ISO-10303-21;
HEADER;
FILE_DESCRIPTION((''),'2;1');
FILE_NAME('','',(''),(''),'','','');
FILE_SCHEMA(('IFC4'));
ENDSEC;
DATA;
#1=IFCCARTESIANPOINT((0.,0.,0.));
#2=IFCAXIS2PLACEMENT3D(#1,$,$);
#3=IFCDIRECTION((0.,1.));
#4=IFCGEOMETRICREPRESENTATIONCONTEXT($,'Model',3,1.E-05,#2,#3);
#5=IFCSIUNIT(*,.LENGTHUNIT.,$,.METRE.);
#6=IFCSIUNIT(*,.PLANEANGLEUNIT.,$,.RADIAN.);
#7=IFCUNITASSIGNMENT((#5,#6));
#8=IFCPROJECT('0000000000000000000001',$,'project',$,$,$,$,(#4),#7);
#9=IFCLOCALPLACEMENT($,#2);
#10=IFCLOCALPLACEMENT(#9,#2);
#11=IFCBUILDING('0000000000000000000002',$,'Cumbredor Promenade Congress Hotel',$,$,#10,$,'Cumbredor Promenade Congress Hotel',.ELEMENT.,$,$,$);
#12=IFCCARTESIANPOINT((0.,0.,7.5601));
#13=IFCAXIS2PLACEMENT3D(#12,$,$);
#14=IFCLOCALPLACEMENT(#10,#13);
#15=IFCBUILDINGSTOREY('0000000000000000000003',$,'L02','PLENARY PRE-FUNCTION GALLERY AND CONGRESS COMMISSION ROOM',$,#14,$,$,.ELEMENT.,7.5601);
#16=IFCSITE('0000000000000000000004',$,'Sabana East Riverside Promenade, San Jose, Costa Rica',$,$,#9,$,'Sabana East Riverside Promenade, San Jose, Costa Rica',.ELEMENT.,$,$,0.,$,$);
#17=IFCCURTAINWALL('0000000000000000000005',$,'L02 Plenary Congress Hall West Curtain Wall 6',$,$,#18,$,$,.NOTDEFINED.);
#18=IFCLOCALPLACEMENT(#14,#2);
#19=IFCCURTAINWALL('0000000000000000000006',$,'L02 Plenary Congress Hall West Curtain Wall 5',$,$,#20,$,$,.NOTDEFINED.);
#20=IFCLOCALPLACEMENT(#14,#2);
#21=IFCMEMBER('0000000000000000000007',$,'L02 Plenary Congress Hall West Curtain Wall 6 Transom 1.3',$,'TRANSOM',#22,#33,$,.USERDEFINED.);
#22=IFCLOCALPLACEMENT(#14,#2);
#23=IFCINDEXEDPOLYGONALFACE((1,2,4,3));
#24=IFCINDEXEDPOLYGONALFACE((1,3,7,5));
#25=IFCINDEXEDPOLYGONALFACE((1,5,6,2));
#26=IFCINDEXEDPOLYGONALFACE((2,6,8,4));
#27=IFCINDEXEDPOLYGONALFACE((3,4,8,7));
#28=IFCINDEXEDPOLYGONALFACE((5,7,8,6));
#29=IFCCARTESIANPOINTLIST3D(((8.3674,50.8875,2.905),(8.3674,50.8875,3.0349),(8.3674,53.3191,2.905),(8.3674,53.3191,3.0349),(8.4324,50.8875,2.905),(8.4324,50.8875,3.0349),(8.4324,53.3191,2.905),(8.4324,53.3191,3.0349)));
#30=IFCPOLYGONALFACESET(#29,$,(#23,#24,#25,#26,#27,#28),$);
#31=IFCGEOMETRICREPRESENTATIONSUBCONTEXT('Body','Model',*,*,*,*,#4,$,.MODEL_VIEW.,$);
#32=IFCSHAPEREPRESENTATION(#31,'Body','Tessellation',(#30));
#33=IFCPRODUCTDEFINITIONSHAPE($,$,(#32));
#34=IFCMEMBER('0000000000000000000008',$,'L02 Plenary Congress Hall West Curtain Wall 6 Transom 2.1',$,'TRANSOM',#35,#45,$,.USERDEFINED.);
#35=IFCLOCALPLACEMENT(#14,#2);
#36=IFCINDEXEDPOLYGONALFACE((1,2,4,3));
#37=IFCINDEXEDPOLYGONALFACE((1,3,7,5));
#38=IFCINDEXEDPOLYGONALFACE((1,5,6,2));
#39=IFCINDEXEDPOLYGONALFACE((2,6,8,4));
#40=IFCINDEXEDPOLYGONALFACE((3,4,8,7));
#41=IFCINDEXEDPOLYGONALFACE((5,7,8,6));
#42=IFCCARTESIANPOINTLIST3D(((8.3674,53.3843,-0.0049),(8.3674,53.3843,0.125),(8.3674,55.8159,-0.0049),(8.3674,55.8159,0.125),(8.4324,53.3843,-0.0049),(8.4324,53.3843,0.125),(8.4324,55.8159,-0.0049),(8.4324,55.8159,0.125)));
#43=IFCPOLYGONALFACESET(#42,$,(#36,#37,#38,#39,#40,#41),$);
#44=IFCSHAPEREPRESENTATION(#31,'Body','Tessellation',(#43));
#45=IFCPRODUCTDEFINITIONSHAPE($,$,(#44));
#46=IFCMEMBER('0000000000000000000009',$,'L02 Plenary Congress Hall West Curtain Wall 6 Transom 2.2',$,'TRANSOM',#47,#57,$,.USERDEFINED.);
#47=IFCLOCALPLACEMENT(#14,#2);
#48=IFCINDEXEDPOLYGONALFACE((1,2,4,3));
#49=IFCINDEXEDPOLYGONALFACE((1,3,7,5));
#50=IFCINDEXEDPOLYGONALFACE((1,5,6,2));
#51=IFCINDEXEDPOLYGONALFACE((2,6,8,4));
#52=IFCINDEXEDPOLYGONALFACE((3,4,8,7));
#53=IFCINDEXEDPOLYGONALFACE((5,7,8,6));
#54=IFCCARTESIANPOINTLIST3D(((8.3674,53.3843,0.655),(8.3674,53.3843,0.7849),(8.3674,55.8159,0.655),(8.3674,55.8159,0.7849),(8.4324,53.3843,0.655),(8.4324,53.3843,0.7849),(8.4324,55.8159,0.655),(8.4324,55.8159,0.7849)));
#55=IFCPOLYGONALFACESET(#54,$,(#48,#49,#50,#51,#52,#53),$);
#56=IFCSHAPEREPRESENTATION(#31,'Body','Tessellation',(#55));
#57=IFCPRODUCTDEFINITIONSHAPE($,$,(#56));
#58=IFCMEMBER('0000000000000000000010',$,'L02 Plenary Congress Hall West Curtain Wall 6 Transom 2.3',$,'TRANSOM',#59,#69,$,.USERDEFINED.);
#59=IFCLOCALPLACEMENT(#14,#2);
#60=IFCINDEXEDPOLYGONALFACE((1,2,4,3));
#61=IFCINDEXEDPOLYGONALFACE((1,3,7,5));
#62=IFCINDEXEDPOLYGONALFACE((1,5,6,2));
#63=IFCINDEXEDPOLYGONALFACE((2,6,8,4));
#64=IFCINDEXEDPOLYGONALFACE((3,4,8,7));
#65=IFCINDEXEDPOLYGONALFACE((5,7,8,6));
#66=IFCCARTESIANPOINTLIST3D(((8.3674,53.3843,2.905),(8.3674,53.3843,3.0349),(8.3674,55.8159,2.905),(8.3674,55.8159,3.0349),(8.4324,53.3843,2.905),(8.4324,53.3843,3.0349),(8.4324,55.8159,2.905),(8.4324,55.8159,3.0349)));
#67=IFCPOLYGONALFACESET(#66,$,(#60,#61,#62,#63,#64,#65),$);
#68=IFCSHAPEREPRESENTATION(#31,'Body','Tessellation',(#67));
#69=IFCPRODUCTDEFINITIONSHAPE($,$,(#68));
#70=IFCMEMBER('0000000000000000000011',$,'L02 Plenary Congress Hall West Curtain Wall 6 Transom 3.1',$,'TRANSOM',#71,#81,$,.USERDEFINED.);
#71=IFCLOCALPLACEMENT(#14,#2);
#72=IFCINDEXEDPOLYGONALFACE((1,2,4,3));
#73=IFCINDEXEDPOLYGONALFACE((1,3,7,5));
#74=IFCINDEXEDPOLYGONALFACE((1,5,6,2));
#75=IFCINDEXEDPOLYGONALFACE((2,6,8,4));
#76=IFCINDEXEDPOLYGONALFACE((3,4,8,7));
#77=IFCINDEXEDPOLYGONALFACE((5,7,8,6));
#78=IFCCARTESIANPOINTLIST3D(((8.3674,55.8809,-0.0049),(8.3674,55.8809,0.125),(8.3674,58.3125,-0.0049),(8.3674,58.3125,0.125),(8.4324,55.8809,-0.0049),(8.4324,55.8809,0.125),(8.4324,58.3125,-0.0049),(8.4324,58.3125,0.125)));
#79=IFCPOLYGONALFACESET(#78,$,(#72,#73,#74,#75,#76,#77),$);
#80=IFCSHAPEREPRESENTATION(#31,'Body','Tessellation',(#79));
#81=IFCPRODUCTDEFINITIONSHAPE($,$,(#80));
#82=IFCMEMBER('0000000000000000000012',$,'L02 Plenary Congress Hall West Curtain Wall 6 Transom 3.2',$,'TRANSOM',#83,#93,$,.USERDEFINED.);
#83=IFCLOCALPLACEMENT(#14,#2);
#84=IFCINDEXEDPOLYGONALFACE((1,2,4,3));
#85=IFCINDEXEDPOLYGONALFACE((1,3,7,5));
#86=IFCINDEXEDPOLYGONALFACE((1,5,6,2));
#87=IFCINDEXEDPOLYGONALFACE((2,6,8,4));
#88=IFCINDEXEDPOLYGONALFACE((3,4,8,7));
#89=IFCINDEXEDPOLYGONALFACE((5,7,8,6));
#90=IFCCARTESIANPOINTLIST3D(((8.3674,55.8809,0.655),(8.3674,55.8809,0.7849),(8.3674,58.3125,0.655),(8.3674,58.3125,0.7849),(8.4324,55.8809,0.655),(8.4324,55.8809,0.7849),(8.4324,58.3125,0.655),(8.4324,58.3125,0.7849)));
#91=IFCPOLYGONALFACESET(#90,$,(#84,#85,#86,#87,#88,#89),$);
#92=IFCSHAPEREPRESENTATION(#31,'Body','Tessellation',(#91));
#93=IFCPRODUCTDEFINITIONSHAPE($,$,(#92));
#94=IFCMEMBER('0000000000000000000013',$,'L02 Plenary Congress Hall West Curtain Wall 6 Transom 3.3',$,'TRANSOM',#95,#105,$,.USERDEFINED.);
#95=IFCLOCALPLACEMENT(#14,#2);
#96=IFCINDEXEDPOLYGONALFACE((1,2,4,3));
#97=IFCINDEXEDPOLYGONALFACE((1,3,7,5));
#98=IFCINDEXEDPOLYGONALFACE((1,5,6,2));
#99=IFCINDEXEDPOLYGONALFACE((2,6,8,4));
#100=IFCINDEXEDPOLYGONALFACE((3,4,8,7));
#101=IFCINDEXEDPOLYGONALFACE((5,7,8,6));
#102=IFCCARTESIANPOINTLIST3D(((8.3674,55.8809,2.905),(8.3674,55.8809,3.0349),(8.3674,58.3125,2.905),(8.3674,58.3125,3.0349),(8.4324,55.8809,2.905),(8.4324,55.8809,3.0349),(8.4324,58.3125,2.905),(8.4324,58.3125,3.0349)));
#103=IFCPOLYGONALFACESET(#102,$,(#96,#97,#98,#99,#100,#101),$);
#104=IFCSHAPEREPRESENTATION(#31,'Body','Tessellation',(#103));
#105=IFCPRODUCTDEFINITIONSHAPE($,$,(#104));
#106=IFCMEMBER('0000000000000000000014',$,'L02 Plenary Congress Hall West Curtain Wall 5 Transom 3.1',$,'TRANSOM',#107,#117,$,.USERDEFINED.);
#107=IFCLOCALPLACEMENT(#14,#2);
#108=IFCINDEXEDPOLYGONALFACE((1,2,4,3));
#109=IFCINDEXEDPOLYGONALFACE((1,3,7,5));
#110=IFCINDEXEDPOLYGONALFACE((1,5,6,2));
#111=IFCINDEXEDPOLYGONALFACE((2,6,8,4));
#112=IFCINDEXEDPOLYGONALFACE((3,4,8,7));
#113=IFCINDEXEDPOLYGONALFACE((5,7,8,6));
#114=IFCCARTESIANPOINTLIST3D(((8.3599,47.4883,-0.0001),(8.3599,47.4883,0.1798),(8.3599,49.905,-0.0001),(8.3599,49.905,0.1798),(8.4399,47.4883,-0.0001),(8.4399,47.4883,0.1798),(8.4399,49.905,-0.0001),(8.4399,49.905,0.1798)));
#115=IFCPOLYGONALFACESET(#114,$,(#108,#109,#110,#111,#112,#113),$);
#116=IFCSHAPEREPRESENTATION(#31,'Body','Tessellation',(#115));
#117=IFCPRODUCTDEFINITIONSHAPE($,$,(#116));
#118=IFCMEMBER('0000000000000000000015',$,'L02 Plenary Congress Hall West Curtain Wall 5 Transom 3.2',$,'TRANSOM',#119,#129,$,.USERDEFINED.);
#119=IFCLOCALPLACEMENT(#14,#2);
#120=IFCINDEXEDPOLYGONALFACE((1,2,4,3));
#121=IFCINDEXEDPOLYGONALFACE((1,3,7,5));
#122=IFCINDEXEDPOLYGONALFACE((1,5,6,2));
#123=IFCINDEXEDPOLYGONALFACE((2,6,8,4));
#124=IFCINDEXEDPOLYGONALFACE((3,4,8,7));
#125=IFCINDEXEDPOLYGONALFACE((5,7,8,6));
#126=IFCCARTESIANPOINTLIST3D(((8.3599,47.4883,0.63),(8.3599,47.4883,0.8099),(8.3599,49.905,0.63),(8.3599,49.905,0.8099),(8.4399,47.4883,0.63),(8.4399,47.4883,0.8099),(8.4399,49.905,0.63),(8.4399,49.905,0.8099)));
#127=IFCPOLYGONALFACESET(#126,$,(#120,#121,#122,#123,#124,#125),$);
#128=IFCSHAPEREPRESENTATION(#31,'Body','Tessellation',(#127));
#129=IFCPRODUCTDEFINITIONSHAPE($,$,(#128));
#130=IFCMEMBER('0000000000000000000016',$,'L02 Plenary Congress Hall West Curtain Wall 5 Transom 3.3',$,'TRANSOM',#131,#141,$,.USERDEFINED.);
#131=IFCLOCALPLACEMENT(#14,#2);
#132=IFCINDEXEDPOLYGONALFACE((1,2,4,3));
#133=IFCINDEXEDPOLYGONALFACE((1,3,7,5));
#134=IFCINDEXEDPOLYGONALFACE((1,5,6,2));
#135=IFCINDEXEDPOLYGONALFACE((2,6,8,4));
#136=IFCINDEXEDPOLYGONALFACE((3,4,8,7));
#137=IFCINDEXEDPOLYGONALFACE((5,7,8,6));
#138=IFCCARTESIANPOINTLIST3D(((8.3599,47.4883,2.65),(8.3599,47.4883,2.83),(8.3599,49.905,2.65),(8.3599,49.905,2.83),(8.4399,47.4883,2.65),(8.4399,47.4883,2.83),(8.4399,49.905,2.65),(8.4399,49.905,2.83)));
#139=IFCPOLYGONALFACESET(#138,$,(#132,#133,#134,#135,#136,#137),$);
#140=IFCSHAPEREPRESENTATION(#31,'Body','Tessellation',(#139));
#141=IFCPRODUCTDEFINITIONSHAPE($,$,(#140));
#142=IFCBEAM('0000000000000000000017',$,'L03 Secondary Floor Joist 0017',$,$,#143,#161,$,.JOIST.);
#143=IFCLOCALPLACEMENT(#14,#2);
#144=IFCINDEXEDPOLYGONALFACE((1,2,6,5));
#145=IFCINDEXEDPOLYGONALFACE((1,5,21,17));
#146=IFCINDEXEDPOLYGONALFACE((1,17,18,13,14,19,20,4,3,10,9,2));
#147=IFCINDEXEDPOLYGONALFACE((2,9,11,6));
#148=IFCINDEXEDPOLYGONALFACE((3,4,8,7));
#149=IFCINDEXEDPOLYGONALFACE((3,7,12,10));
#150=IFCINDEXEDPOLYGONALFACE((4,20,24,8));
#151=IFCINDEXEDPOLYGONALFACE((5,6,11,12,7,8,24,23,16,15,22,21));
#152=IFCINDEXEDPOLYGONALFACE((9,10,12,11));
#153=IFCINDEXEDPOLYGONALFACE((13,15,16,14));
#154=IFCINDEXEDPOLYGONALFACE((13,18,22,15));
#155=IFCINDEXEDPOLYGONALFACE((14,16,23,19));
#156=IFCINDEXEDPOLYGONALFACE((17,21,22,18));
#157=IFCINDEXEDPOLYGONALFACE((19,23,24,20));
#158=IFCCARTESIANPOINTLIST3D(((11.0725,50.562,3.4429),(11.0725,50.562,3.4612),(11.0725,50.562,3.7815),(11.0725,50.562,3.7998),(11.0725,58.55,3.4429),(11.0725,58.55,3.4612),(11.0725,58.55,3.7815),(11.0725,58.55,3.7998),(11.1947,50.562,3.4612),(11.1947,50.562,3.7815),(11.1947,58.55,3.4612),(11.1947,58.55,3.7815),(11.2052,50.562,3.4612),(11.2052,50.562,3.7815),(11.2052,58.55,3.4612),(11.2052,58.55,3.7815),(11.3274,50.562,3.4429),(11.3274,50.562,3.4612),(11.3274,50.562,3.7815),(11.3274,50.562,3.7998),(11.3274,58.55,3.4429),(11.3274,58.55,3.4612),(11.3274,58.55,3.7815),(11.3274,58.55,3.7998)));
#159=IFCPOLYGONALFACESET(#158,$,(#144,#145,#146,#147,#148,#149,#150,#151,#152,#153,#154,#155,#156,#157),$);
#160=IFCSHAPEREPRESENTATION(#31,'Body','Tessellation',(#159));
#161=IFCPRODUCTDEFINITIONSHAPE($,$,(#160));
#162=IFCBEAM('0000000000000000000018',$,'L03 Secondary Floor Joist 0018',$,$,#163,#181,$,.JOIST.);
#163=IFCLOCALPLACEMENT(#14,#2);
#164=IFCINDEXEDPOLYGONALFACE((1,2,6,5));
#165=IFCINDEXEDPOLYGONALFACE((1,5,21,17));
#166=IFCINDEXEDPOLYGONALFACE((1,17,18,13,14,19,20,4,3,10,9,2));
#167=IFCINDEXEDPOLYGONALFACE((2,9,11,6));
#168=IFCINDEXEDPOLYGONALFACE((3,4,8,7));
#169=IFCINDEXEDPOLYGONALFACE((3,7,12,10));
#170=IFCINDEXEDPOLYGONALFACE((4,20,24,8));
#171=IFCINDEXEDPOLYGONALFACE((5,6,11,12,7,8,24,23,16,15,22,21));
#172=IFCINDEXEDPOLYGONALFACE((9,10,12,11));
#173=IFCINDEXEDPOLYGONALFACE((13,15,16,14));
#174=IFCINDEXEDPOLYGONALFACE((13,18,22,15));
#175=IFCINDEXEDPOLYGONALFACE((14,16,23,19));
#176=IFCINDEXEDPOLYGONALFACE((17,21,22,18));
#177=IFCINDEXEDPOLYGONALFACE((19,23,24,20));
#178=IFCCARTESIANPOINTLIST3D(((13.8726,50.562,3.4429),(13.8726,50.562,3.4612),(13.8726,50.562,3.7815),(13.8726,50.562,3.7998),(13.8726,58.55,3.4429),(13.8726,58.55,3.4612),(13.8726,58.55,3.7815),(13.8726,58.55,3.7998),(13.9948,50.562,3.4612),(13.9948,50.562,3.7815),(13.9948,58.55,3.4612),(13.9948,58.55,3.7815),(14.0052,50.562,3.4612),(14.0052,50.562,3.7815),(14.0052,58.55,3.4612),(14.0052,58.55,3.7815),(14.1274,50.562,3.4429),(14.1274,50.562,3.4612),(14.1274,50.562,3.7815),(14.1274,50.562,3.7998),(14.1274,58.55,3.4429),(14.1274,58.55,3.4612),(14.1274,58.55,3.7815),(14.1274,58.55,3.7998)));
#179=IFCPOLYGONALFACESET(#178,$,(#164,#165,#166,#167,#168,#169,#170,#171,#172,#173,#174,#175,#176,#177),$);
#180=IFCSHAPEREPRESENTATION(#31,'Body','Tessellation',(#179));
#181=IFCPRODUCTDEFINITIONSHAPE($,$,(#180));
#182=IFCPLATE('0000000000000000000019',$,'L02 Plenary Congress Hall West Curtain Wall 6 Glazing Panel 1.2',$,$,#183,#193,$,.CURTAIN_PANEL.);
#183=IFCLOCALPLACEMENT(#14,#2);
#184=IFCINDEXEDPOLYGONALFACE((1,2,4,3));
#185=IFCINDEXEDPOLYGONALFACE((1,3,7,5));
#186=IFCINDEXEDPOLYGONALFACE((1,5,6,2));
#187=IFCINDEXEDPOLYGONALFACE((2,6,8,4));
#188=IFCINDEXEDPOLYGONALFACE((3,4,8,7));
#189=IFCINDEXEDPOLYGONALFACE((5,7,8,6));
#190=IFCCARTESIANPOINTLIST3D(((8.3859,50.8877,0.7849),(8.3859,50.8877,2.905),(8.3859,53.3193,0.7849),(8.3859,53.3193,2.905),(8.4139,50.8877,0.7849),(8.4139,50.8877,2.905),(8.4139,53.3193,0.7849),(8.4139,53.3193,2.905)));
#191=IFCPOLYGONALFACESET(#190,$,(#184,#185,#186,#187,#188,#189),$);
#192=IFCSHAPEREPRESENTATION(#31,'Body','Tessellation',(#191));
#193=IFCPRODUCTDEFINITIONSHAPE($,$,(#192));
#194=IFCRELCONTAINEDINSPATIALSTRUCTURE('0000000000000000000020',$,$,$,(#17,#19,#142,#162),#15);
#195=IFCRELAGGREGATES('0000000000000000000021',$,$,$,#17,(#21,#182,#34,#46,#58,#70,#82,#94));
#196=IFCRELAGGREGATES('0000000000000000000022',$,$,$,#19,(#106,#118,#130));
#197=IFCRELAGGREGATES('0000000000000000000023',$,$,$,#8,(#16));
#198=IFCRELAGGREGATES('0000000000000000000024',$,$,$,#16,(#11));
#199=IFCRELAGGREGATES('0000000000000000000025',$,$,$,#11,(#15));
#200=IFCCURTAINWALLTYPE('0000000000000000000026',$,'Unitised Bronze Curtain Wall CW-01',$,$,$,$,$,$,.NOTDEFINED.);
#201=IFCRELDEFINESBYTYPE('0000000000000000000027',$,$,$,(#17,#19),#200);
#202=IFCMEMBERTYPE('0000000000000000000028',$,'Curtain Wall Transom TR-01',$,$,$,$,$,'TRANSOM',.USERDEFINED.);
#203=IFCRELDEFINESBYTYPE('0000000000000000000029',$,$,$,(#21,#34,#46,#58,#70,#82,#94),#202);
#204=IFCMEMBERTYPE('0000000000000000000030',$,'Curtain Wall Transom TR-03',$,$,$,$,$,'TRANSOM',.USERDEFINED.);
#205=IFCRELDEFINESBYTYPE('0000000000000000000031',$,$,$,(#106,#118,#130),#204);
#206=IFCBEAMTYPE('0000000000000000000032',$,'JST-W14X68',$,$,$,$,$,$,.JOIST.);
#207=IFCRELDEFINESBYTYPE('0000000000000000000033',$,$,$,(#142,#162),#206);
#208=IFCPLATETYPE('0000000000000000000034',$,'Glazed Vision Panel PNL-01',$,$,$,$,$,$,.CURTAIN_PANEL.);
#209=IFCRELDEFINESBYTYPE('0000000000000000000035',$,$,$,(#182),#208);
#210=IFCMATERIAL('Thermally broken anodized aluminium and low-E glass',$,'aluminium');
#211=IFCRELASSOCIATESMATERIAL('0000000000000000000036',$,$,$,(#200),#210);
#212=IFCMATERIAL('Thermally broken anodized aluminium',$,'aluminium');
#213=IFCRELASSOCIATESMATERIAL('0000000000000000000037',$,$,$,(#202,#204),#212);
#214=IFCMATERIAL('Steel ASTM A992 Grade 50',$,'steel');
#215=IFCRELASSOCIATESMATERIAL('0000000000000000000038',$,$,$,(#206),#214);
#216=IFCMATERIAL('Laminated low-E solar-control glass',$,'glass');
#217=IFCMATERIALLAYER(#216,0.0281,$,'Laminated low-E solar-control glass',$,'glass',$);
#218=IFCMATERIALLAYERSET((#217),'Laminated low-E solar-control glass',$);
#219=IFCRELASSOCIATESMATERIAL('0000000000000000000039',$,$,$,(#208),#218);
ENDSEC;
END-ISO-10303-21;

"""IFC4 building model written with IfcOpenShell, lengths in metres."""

from ifc_helpers import new_model, si_unit, direction, frame, origin, origin_2d, place, context, subcontext, project, spatial, rectangle, i_section, extrude, material, layer, layer_set, material_profile, profile_set, type_object, element, aggregate, save


model = new_model("IFC4")

# Units and contexts
model_context = context("Model", 3, precision=1e-05, world=origin(), true_north=direction((0.0, 1.0)))
body_context = subcontext(model_context, "Body", "Model", "MODEL_VIEW")
ifc_project = project(units=[si_unit("LENGTHUNIT", "METRE"), si_unit("PLANEANGLEUNIT", "RADIAN")], contexts=[model_context])

# Site, building, storey
site_placement = place(None, origin())
site = spatial("IfcSite", under=ifc_project, at=site_placement, Name="Sabana East Riverside Promenade, San Jose, Costa Rica", LongName="Sabana East Riverside Promenade, San Jose, Costa Rica", CompositionType="ELEMENT", RefElevation=0.0)
building_placement = place(site_placement, origin())
building = spatial("IfcBuilding", under=site, at=building_placement, Name="Cumbredor Promenade Congress Hotel", LongName="Cumbredor Promenade Congress Hotel", CompositionType="ELEMENT")
storey_placement = place(building_placement, frame((0.0, 0.0, 7.5601)))
storey = spatial("IfcBuildingStorey", under=building, at=storey_placement, Name="L02", Description="PLENARY PRE-FUNCTION GALLERY AND CONGRESS COMMISSION ROOM", CompositionType="ELEMENT", Elevation=7.5601)

# Shared definitions
ifc_material_1 = material(Name="Steel ASTM A992 Grade 50", Category="steel")

# Curtain walls
ifc_material_2 = material(Name="Thermally broken anodized aluminium and low-E glass", Category="aluminium")
curtain_wall_type = type_object("IfcCurtainWallType", Name="Unitised Bronze Curtain Wall CW-01", PredefinedType="NOTDEFINED", material=ifc_material_2)
curtain_wall_1_placement = place(storey_placement, origin())
curtain_wall_1 = element("IfcCurtainWall", 1, at=curtain_wall_1_placement, inside=storey, type_object=curtain_wall_type, Name="L02 Plenary Congress Hall West Curtain Wall 6", PredefinedType="NOTDEFINED")
ifc_material_3 = material(Name="Thermally broken anodized aluminium", Category="aluminium")
curtain_wall_2_placement = place(storey_placement, origin())
curtain_wall_2 = element("IfcCurtainWall", 2, at=curtain_wall_2_placement, inside=storey, type_object=curtain_wall_type, Name="L02 Plenary Congress Hall West Curtain Wall 5", PredefinedType="NOTDEFINED")

# Members
ifc_material_profile_1 = material_profile(ifc_material_3, rectangle(XDim=0.0649, YDim=0.1299, at=origin_2d()), Name="ALU TRANSOM 65x130")
ifc_profile_set_1 = profile_set([ifc_material_profile_1], Name="Thermally broken anodized aluminium")
member_type_1 = type_object("IfcMemberType", Name="Curtain Wall Transom TR-01", ElementType="TRANSOM", PredefinedType="USERDEFINED", material=ifc_profile_set_1)
member_1_placement = place(storey_placement, frame((8.3999, 50.8875, 2.97), z_axis=(0.0, 1.0, 0.0), x_axis=(-1.0, 0.0, 0.0)))
member_1 = element("IfcMember", 3, at=member_1_placement, type_object=member_type_1, Name="L02 Plenary Congress Hall West Curtain Wall 6 Transom 1.3", ObjectType="TRANSOM", PredefinedType="USERDEFINED", context=body_context, shape_type="SweptSolid", body=[
    extrude(rectangle(XDim=0.0649, YDim=0.1299, at=origin_2d()), origin(), (0.0, 0.0, 1.0), 2.4316),
])
member_2_placement = place(storey_placement, frame((8.3999, 53.3843, 0.0601), z_axis=(0.0, 1.0, 0.0), x_axis=(-1.0, 0.0, 0.0)))
member_2 = element("IfcMember", 4, at=member_2_placement, type_object=member_type_1, Name="L02 Plenary Congress Hall West Curtain Wall 6 Transom 2.1", ObjectType="TRANSOM", PredefinedType="USERDEFINED", context=body_context, shape_type="SweptSolid", body=[
    extrude(rectangle(XDim=0.0649, YDim=0.1299, at=origin_2d()), origin(), (0.0, 0.0, 1.0), 2.4316),
])
member_3_placement = place(storey_placement, frame((8.3999, 53.3843, 0.72), z_axis=(0.0, 1.0, 0.0), x_axis=(-1.0, 0.0, 0.0)))
member_3 = element("IfcMember", 5, at=member_3_placement, type_object=member_type_1, Name="L02 Plenary Congress Hall West Curtain Wall 6 Transom 2.2", ObjectType="TRANSOM", PredefinedType="USERDEFINED", context=body_context, shape_type="SweptSolid", body=[
    extrude(rectangle(XDim=0.0649, YDim=0.1299, at=origin_2d()), origin(), (0.0, 0.0, 1.0), 2.4316),
])
member_4_placement = place(storey_placement, frame((8.3999, 53.3843, 2.97), z_axis=(0.0, 1.0, 0.0), x_axis=(-1.0, 0.0, 0.0)))
member_4 = element("IfcMember", 6, at=member_4_placement, type_object=member_type_1, Name="L02 Plenary Congress Hall West Curtain Wall 6 Transom 2.3", ObjectType="TRANSOM", PredefinedType="USERDEFINED", context=body_context, shape_type="SweptSolid", body=[
    extrude(rectangle(XDim=0.0649, YDim=0.1299, at=origin_2d()), origin(), (0.0, 0.0, 1.0), 2.4316),
])
member_5_placement = place(storey_placement, frame((8.3999, 55.8809, 0.0601), z_axis=(0.0, 1.0, 0.0), x_axis=(-1.0, 0.0, 0.0)))
member_5 = element("IfcMember", 7, at=member_5_placement, type_object=member_type_1, Name="L02 Plenary Congress Hall West Curtain Wall 6 Transom 3.1", ObjectType="TRANSOM", PredefinedType="USERDEFINED", context=body_context, shape_type="SweptSolid", body=[
    extrude(rectangle(XDim=0.0649, YDim=0.1299, at=origin_2d()), origin(), (0.0, 0.0, 1.0), 2.4316),
])
member_6_placement = place(storey_placement, frame((8.3999, 55.8809, 0.72), z_axis=(0.0, 1.0, 0.0), x_axis=(-1.0, 0.0, 0.0)))
member_6 = element("IfcMember", 8, at=member_6_placement, type_object=member_type_1, Name="L02 Plenary Congress Hall West Curtain Wall 6 Transom 3.2", ObjectType="TRANSOM", PredefinedType="USERDEFINED", context=body_context, shape_type="SweptSolid", body=[
    extrude(rectangle(XDim=0.0649, YDim=0.1299, at=origin_2d()), origin(), (0.0, 0.0, 1.0), 2.4316),
])
member_7_placement = place(storey_placement, frame((8.3999, 55.8809, 2.97), z_axis=(0.0, 1.0, 0.0), x_axis=(-1.0, 0.0, 0.0)))
member_7 = element("IfcMember", 9, at=member_7_placement, type_object=member_type_1, Name="L02 Plenary Congress Hall West Curtain Wall 6 Transom 3.3", ObjectType="TRANSOM", PredefinedType="USERDEFINED", context=body_context, shape_type="SweptSolid", body=[
    extrude(rectangle(XDim=0.0649, YDim=0.1299, at=origin_2d()), origin(), (0.0, 0.0, 1.0), 2.4316),
])
ifc_material_profile_2 = material_profile(ifc_material_3, rectangle(XDim=0.0801, YDim=0.1799, at=origin_2d()), Name="ALU TRANSOM 80x180")
ifc_profile_set_2 = profile_set([ifc_material_profile_2], Name="Thermally broken anodized aluminium")
member_type_2 = type_object("IfcMemberType", Name="Curtain Wall Transom TR-03", ElementType="TRANSOM", PredefinedType="USERDEFINED", material=ifc_profile_set_2)
member_8_placement = place(storey_placement, frame((8.3999, 47.4883, 0.0898), z_axis=(0.0, 1.0, 0.0), x_axis=(-1.0, 0.0, 0.0)))
member_8 = element("IfcMember", 10, at=member_8_placement, type_object=member_type_2, Name="L02 Plenary Congress Hall West Curtain Wall 5 Transom 3.1", ObjectType="TRANSOM", PredefinedType="USERDEFINED", context=body_context, shape_type="SweptSolid", body=[
    extrude(rectangle(XDim=0.0801, YDim=0.1799, at=origin_2d()), origin(), (0.0, 0.0, 1.0), 2.4167),
])
member_9_placement = place(storey_placement, frame((8.3999, 47.4883, 0.72), z_axis=(0.0, 1.0, 0.0), x_axis=(-1.0, 0.0, 0.0)))
member_9 = element("IfcMember", 11, at=member_9_placement, type_object=member_type_2, Name="L02 Plenary Congress Hall West Curtain Wall 5 Transom 3.2", ObjectType="TRANSOM", PredefinedType="USERDEFINED", context=body_context, shape_type="SweptSolid", body=[
    extrude(rectangle(XDim=0.0801, YDim=0.1799, at=origin_2d()), origin(), (0.0, 0.0, 1.0), 2.4167),
])
member_10_placement = place(storey_placement, frame((8.3999, 47.4883, 2.74), z_axis=(0.0, 1.0, 0.0), x_axis=(-1.0, 0.0, 0.0)))
member_10 = element("IfcMember", 12, at=member_10_placement, type_object=member_type_2, Name="L02 Plenary Congress Hall West Curtain Wall 5 Transom 3.3", ObjectType="TRANSOM", PredefinedType="USERDEFINED", context=body_context, shape_type="SweptSolid", body=[
    extrude(rectangle(XDim=0.0801, YDim=0.1799, at=origin_2d()), origin(), (0.0, 0.0, 1.0), 2.4167),
])

# Beams
ifc_material_profile_3 = material_profile(ifc_material_1, i_section(OverallWidth=0.2549, OverallDepth=0.3569, WebThickness=0.0105, FlangeThickness=0.0183, at=origin_2d()), Name="W14X68")
ifc_profile_set_3 = profile_set([ifc_material_profile_3], Name="Steel ASTM A992 Grade 50")
beam_type_1 = type_object("IfcBeamType", Name="JST-W14X68", PredefinedType="JOIST", material=ifc_profile_set_3)
for number, where, z_axis, x_axis, name in (
    (13, (11.2, 50.562, 3.6213), (0.0, 1.0, 0.0), (-1.0, 0.0, 0.0), "L03 Secondary Floor Joist 0017"),
    (14, (14.0, 50.562, 3.6213), (0.0, 1.0, 0.0), (-1.0, 0.0, 0.0), "L03 Secondary Floor Joist 0018"),
):
    element("IfcBeam", number, at=place(storey_placement, frame(where, z_axis=z_axis, x_axis=x_axis)), inside=storey, type_object=beam_type_1, Name=name, PredefinedType="JOIST", context=body_context, shape_type="SweptSolid", body=[
        extrude(i_section(OverallWidth=0.2549, OverallDepth=0.3569, WebThickness=0.0105, FlangeThickness=0.0183, at=origin_2d()), origin(), (0.0, 0.0, 1.0), 7.988),
    ])

# Plate
ifc_material_4 = material(Name="Laminated low-E solar-control glass", Category="glass")
ifc_layer_1 = layer(ifc_material_4, 0.0281, Name="Laminated low-E solar-control glass", Category="glass")
ifc_layer_set_1 = layer_set([ifc_layer_1], Name="Laminated low-E solar-control glass")
plate_type_1 = type_object("IfcPlateType", Name="Glazed Vision Panel PNL-01", PredefinedType="CURTAIN_PANEL", material=ifc_layer_set_1)
plate_1_placement = place(storey_placement, frame((8.3999, 52.1035, 0.7849), z_axis=(0.0, 0.0, 1.0), x_axis=(0.0, 1.0, 0.0)))
plate_1 = element("IfcPlate", 15, at=plate_1_placement, type_object=plate_type_1, Name="L02 Plenary Congress Hall West Curtain Wall 6 Glazing Panel 1.2", PredefinedType="CURTAIN_PANEL", context=body_context, shape_type="SweptSolid", body=[
    extrude(rectangle(XDim=2.4316, YDim=0.0281, at=origin_2d()), origin(), (0.0, 0.0, 1.0), 2.1201),
])
aggregate(curtain_wall_1, [member_1, plate_1, member_2, member_3, member_4, member_5, member_6, member_7])
aggregate(curtain_wall_2, [member_8, member_9, member_10])

save(model, "model.ifc")
